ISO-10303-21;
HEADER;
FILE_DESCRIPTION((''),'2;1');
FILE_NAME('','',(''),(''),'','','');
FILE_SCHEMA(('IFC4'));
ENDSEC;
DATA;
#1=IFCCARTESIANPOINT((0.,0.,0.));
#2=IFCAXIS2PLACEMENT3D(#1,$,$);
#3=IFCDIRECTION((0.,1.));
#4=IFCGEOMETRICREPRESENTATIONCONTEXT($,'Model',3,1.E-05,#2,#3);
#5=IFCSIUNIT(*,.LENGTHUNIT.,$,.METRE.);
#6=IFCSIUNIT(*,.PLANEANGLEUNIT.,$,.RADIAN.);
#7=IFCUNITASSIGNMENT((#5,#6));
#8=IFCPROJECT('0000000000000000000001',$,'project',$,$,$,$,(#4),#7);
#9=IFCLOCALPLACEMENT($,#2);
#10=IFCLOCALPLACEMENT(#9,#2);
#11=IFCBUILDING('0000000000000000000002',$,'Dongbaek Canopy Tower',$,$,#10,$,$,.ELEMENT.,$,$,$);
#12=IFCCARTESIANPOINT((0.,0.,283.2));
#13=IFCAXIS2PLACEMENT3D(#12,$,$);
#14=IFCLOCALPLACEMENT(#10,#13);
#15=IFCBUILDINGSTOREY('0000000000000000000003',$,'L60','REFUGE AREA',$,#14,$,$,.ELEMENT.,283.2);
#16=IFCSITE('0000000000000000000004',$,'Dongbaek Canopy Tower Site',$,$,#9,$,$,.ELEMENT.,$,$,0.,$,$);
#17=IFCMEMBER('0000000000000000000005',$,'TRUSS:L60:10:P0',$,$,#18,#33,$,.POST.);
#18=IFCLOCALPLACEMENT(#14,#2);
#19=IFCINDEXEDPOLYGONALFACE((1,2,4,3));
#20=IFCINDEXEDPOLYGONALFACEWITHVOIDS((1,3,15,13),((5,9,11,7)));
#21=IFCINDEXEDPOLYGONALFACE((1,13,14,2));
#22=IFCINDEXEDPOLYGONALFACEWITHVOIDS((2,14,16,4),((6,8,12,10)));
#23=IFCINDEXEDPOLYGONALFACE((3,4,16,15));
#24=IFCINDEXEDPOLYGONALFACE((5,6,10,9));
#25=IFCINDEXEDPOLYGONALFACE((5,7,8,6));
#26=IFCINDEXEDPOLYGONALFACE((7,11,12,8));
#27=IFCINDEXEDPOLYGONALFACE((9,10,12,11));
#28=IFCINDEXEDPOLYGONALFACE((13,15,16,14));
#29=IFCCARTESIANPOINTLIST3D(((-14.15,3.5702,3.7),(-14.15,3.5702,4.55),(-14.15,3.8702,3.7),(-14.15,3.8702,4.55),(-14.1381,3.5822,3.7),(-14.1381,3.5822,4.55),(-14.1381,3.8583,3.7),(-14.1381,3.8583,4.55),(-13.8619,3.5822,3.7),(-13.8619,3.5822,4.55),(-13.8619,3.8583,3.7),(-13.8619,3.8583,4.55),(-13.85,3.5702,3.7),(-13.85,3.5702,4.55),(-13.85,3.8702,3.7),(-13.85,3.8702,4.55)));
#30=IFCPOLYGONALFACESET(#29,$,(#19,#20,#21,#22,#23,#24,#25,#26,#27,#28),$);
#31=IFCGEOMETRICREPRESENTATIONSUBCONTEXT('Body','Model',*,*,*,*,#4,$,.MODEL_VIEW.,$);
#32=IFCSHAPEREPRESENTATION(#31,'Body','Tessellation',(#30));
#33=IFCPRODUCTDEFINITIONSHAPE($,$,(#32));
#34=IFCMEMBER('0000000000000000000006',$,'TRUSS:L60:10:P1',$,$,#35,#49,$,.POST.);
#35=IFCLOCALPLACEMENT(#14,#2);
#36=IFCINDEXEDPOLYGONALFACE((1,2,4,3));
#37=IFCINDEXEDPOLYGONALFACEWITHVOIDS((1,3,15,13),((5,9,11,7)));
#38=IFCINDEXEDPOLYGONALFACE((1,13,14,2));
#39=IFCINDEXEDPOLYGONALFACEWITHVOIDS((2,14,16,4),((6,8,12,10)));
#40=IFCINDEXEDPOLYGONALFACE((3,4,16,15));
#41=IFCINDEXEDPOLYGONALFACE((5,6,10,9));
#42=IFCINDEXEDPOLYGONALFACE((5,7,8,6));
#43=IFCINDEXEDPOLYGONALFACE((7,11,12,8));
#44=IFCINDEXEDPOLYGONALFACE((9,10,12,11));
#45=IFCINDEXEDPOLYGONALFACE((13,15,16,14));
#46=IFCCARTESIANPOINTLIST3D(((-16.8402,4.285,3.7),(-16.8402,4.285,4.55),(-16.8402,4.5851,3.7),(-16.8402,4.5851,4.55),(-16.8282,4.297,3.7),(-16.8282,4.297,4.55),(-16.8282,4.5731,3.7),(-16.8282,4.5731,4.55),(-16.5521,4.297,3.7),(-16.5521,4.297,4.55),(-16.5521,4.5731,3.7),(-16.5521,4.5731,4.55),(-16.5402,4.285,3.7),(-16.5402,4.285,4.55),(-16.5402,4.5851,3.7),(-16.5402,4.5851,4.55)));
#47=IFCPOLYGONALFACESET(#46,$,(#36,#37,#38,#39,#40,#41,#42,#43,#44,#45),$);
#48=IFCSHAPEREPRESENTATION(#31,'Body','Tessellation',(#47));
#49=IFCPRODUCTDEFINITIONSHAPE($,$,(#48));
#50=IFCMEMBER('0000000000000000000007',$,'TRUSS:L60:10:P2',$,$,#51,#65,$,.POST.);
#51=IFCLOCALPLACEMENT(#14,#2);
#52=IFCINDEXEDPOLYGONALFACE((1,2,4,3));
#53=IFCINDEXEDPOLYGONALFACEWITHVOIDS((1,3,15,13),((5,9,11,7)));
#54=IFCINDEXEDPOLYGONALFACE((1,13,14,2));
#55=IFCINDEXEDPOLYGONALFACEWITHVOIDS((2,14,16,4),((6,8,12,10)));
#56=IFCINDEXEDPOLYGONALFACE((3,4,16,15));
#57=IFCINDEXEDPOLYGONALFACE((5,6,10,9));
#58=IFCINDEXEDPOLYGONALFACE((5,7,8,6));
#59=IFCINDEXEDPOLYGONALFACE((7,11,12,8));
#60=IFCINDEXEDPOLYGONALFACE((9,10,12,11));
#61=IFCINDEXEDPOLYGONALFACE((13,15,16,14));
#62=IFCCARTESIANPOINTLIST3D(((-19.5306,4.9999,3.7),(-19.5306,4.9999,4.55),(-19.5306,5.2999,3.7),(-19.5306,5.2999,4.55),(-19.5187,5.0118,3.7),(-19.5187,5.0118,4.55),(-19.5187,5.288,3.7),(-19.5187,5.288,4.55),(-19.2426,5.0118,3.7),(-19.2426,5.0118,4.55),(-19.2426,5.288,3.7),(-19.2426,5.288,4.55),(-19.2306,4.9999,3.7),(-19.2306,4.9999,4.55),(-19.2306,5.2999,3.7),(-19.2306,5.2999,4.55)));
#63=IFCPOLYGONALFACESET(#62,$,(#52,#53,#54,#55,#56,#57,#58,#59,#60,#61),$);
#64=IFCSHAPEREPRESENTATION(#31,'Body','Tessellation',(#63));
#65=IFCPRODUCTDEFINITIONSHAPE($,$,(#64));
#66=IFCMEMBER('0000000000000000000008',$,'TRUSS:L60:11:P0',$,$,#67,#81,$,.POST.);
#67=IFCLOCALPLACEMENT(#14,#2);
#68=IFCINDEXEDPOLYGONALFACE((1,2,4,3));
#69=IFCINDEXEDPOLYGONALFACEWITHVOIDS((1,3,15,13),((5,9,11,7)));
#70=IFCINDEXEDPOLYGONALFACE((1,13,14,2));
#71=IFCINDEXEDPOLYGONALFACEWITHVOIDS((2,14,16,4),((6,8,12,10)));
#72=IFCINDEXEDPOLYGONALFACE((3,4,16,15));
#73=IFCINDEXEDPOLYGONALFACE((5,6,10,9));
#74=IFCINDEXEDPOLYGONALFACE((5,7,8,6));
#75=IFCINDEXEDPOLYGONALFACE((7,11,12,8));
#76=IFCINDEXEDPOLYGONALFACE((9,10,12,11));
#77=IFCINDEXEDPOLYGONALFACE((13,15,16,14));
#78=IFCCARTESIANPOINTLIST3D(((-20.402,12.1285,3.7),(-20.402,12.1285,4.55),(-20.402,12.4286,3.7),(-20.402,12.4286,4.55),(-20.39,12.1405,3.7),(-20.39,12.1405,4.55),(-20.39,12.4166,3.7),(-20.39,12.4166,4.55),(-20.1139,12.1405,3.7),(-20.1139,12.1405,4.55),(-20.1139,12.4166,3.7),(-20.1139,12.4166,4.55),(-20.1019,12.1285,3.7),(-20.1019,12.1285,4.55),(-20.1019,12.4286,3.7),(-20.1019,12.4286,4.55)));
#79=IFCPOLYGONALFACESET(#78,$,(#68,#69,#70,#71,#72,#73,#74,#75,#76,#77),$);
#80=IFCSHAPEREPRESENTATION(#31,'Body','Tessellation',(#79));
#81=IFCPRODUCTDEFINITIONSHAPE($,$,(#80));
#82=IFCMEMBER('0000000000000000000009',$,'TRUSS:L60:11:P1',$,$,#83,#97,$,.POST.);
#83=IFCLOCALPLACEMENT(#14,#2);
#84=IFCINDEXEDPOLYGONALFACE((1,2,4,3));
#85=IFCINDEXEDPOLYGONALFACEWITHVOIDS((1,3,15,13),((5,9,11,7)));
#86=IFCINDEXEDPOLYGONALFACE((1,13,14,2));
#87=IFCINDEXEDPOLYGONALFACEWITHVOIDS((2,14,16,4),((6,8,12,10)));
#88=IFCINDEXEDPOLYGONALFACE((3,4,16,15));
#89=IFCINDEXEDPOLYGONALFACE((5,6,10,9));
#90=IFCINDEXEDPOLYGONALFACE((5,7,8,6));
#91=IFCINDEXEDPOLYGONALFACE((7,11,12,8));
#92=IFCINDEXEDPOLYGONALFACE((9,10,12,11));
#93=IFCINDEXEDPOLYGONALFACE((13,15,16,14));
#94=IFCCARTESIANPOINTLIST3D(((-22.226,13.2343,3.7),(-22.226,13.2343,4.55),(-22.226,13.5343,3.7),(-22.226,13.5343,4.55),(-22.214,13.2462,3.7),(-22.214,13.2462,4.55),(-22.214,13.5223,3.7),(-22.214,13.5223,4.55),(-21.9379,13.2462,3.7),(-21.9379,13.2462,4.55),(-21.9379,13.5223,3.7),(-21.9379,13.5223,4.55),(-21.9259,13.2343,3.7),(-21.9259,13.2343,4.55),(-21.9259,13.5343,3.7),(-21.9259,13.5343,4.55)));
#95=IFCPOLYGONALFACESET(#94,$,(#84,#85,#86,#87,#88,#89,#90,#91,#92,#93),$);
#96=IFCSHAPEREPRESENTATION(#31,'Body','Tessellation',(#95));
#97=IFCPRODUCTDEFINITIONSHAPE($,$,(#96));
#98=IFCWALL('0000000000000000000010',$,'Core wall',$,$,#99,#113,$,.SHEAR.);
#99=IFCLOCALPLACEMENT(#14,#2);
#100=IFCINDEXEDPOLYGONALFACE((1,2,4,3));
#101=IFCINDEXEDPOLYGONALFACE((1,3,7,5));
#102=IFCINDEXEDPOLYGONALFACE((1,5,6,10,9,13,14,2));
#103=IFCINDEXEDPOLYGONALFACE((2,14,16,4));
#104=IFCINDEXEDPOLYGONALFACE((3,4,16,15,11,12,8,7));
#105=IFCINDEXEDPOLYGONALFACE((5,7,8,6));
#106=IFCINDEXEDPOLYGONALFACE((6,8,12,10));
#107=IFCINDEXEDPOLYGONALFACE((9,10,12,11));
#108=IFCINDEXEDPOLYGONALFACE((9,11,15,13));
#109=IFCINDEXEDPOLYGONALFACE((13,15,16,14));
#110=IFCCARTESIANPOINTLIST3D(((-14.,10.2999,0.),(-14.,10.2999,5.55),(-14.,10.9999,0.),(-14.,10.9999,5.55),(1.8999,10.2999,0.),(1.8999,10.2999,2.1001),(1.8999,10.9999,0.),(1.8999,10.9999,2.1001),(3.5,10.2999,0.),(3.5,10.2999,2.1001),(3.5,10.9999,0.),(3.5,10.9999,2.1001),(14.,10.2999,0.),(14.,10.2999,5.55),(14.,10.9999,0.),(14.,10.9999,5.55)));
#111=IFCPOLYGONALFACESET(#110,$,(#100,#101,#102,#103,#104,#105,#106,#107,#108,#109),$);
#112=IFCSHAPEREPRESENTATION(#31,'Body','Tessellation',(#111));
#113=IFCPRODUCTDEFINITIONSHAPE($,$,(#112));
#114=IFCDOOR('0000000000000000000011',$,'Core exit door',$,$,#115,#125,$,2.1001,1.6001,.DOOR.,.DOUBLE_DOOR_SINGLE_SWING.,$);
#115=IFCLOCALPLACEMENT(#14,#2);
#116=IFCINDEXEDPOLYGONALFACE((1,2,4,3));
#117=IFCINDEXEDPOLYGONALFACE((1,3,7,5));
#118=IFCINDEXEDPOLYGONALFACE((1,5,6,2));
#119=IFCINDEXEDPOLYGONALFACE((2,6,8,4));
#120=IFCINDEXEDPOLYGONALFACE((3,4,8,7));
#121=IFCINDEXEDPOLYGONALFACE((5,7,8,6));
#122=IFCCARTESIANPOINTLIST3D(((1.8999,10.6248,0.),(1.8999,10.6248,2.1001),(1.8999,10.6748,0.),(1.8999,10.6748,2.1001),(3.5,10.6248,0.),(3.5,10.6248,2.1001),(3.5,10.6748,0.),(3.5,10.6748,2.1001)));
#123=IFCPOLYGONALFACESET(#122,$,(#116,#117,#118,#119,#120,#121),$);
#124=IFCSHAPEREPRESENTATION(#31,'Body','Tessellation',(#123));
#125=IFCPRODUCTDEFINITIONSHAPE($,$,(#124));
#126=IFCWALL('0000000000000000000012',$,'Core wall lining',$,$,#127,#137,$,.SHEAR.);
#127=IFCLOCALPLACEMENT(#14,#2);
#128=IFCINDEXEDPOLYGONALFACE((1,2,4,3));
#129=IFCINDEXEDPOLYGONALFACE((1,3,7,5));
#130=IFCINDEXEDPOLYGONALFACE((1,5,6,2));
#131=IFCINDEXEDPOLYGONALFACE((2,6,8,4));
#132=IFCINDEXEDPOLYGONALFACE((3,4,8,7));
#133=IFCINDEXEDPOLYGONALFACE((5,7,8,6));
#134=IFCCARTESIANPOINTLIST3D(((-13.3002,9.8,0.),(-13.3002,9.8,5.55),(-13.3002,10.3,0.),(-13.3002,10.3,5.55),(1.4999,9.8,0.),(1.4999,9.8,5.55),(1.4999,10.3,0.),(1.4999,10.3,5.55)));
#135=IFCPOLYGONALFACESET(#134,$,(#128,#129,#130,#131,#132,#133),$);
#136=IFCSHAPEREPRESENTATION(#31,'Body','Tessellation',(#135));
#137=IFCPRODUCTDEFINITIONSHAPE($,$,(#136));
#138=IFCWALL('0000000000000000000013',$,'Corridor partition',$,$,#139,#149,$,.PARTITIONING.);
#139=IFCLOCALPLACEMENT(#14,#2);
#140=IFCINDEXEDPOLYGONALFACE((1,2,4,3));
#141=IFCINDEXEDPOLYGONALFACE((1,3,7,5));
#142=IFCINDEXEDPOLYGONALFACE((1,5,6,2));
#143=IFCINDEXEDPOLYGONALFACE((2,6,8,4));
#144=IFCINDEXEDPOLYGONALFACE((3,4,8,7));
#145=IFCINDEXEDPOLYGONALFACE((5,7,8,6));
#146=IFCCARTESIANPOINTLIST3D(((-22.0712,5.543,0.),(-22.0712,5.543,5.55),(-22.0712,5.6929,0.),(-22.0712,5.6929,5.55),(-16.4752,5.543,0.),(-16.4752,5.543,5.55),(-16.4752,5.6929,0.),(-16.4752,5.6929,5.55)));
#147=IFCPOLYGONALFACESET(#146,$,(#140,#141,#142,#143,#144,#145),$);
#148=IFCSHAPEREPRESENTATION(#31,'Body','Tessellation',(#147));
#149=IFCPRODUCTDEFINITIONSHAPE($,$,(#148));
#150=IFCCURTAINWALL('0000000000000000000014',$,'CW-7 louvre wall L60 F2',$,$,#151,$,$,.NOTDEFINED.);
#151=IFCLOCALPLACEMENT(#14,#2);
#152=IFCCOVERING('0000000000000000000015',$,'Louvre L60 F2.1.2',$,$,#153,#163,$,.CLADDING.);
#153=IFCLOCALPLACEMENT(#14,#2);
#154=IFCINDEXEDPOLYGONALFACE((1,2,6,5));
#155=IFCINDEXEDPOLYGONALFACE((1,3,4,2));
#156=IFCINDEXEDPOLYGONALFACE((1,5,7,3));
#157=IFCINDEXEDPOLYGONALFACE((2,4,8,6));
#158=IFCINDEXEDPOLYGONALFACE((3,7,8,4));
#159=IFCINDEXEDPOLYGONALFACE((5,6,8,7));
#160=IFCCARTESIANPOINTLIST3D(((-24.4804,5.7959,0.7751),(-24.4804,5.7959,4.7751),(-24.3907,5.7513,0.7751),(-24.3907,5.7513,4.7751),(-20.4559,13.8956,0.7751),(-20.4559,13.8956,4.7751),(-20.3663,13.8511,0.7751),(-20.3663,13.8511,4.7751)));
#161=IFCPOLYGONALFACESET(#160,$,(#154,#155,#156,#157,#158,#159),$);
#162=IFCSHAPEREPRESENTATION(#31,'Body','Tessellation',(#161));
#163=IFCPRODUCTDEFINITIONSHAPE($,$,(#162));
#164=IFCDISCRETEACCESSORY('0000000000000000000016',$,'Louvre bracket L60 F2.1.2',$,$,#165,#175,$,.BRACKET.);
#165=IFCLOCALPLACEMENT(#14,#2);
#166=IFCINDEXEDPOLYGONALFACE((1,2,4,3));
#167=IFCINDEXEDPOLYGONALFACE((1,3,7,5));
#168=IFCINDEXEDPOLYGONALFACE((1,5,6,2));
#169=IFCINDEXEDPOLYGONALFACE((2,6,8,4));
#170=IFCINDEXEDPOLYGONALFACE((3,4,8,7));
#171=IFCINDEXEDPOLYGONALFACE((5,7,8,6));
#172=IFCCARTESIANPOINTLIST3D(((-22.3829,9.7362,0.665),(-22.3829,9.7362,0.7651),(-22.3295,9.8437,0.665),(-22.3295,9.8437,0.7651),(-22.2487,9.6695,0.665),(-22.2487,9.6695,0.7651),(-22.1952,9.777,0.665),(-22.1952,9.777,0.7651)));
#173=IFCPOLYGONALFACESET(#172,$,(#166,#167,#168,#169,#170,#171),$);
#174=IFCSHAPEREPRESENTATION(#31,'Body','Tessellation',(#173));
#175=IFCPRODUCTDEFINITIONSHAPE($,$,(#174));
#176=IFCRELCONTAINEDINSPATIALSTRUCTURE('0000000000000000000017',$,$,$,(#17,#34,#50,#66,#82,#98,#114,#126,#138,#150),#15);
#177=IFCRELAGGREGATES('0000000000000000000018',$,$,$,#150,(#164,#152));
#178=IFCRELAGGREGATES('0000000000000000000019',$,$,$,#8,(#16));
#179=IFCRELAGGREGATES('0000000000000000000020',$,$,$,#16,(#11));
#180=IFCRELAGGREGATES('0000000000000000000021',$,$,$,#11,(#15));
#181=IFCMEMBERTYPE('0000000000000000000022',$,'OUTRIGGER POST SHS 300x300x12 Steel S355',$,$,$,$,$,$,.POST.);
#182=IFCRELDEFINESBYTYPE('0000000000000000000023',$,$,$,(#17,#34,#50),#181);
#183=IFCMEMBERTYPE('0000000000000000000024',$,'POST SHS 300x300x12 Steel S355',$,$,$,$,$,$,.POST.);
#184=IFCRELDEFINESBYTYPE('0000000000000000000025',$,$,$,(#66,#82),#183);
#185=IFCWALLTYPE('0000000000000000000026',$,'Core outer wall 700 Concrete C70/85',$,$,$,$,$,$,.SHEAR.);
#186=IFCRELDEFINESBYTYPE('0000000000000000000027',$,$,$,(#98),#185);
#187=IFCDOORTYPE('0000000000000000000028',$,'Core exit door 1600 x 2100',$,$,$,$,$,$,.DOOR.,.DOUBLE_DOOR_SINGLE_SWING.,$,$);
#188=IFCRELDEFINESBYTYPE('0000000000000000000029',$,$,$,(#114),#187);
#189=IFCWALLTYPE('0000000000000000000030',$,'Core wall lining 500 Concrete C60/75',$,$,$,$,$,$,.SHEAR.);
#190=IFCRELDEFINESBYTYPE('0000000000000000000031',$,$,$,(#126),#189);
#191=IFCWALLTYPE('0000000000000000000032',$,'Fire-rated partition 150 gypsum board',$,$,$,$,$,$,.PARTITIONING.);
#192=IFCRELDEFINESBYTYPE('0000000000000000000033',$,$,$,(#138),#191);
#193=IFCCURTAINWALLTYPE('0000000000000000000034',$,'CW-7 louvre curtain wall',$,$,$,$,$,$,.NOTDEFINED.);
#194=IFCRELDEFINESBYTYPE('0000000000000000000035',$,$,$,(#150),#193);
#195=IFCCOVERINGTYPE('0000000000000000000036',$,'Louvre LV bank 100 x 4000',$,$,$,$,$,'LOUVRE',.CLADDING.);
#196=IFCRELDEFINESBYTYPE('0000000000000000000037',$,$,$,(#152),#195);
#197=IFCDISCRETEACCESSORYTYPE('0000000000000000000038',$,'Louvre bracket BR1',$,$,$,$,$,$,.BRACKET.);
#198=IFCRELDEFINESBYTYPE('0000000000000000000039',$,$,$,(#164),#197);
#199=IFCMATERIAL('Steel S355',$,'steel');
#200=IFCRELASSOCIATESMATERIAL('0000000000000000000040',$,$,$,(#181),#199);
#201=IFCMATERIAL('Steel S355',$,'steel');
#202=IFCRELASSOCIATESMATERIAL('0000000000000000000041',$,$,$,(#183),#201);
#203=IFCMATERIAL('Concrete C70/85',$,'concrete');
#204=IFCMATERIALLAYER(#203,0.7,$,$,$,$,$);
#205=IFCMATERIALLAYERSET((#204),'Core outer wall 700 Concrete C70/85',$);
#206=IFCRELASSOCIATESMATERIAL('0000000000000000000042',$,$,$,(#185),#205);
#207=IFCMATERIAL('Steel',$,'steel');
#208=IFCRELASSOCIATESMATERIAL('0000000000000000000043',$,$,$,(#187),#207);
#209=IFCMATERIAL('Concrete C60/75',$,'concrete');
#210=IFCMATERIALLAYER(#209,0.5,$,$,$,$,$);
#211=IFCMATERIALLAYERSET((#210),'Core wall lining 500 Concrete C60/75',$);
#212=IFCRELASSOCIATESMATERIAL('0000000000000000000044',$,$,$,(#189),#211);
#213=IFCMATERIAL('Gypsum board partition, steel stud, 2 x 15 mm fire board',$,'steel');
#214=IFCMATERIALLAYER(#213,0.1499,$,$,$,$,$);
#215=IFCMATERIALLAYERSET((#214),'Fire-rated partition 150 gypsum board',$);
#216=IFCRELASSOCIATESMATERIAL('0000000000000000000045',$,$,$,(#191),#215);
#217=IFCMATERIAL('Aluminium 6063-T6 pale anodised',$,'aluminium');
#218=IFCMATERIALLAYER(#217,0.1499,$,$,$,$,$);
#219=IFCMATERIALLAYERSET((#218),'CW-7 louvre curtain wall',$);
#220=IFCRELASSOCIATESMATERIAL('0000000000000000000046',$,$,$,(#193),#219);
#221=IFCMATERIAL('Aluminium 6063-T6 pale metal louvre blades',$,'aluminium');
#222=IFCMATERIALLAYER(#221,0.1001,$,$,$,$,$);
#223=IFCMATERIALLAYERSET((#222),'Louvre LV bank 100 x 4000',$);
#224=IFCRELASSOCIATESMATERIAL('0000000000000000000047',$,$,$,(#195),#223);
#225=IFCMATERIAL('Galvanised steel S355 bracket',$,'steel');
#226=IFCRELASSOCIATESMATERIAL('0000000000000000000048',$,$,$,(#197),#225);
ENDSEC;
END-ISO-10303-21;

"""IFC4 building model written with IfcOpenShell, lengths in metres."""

from ifc_helpers import new_model, si_unit, direction, frame, frame_2d, origin, origin_2d, place, context, subcontext, project, spatial, rectangle, hollow_rectangle, extrude, material, layer, layer_set, material_profile, profile_set, type_object, element, fill, aggregate, save


model = new_model("IFC4")

# Units and contexts
model_context = context("Model", 3, precision=1e-05, world=origin(), true_north=direction((0.0, 1.0)))
body_context = subcontext(model_context, "Body", "Model", "MODEL_VIEW")
ifc_project = project(units=[si_unit("LENGTHUNIT", "METRE"), si_unit("PLANEANGLEUNIT", "RADIAN")], contexts=[model_context])

# Site, building, storey
site_placement = place(None, origin())
site = spatial("IfcSite", under=ifc_project, at=site_placement, Name="Dongbaek Canopy Tower Site", CompositionType="ELEMENT", RefElevation=0.0)
building_placement = place(site_placement, origin())
building = spatial("IfcBuilding", under=site, at=building_placement, Name="Dongbaek Canopy Tower", CompositionType="ELEMENT")
storey_placement = place(building_placement, frame((0.0, 0.0, 283.2)))
storey = spatial("IfcBuildingStorey", under=building, at=storey_placement, Name="L60", Description="REFUGE AREA", CompositionType="ELEMENT", Elevation=283.2)

# Members
ifc_material_1 = material(Name="Steel S355", Category="steel")
ifc_material_profile_1 = material_profile(ifc_material_1, hollow_rectangle(XDim=0.3, YDim=0.3, WallThickness=0.012, at=origin_2d()), Name="OUTRIGGER POST SHS 300x300x12 Steel S355")
ifc_profile_set_1 = profile_set([ifc_material_profile_1], Name="Steel S355")
member_type_1 = type_object("IfcMemberType", Name="OUTRIGGER POST SHS 300x300x12 Steel S355", PredefinedType="POST", material=ifc_profile_set_1)
for number, where, z_axis, x_axis, name in (
    (1, (-14.0, 3.7202, 3.7), (0.0, 0.0, 1.0), (1.0, 0.0, 0.0), "TRUSS:L60:10:P0"),
    (2, (-16.6902, 4.4351, 3.7), (0.0, 0.0, 1.0), (1.0, 0.0, 0.0), "TRUSS:L60:10:P1"),
    (3, (-19.3806, 5.1499, 3.7), (0.0, 0.0, 1.0), (1.0, 0.0, 0.0), "TRUSS:L60:10:P2"),
):
    element("IfcMember", number, at=place(storey_placement, frame(where, z_axis=z_axis, x_axis=x_axis)), inside=storey, type_object=member_type_1, Name=name, PredefinedType="POST", context=body_context, shape_type="SweptSolid", body=[
        extrude(hollow_rectangle(XDim=0.3, YDim=0.3, WallThickness=0.012, at=origin_2d()), origin(), (0.0, 0.0, 1.0), 0.8501),
    ])
ifc_material_2 = material(Name="Steel S355", Category="steel")
ifc_material_profile_2 = material_profile(ifc_material_2, hollow_rectangle(XDim=0.3, YDim=0.3, WallThickness=0.012, at=origin_2d()), Name="POST SHS 300x300x12 Steel S355")
ifc_profile_set_2 = profile_set([ifc_material_profile_2], Name="Steel S355")
member_type_2 = type_object("IfcMemberType", Name="POST SHS 300x300x12 Steel S355", PredefinedType="POST", material=ifc_profile_set_2)
for number, where, z_axis, x_axis, name in (
    (4, (-20.252, 12.2786, 3.7), (0.0, 0.0, 1.0), (1.0, 0.0, 0.0), "TRUSS:L60:11:P0"),
    (5, (-22.0759, 13.3843, 3.7), (0.0, 0.0, 1.0), (1.0, 0.0, 0.0), "TRUSS:L60:11:P1"),
):
    element("IfcMember", number, at=place(storey_placement, frame(where, z_axis=z_axis, x_axis=x_axis)), inside=storey, type_object=member_type_2, Name=name, PredefinedType="POST", context=body_context, shape_type="SweptSolid", body=[
        extrude(hollow_rectangle(XDim=0.3, YDim=0.3, WallThickness=0.012, at=origin_2d()), origin(), (0.0, 0.0, 1.0), 0.8501),
    ])

# Wall, opening, door
ifc_material_3 = material(Name="Concrete C70/85", Category="concrete")
ifc_layer_1 = layer(ifc_material_3, 0.7)
ifc_layer_set_1 = layer_set([ifc_layer_1], Name="Core outer wall 700 Concrete C70/85")
wall_type_1 = type_object("IfcWallType", Name="Core outer wall 700 Concrete C70/85", PredefinedType="SHEAR", material=ifc_layer_set_1)
wall_1_placement = place(storey_placement, frame((-14.0, 10.6499, 0.0), z_axis=(0.0, 0.0, 1.0), x_axis=(1.0, 0.0, 0.0)))
wall_1 = element("IfcWall", 6, at=wall_1_placement, inside=storey, type_object=wall_type_1, Name="Core wall", PredefinedType="SHEAR", context=body_context, shape_type="SweptSolid", body=[
    extrude(rectangle(XDim=28.0, YDim=0.7, at=frame_2d((14.0, 0.0))), origin(), (0.0, 0.0, 1.0), 5.55),
])
opening_placement = place(wall_1_placement, frame((15.8999, 0.0, 0.0)))
opening = element("IfcOpeningElement", 7, at=opening_placement, cuts=wall_1, PredefinedType="OPENING", context=body_context, shape_type="SweptSolid", body=[
    extrude(rectangle(XDim=1.6001, YDim=2.1001, at=frame_2d((0.8, 1.05))), frame((0.0, 0.3599, 0.0), z_axis=(0.0, -1.0, 0.0), x_axis=(1.0, 0.0, 0.0)), (0.0, 0.0, 1.0), 0.72),
])
ifc_material_4 = material(Name="Steel", Category="steel")
door_type = type_object("IfcDoorType", Name="Core exit door 1600 x 2100", OperationType="DOUBLE_DOOR_SINGLE_SWING", PredefinedType="DOOR", material=ifc_material_4)
door_placement = place(opening_placement, origin())
door = element("IfcDoor", 8, at=door_placement, inside=storey, type_object=door_type, Name="Core exit door", OperationType="DOUBLE_DOOR_SINGLE_SWING", OverallHeight=2.1001, OverallWidth=1.6001, PredefinedType="DOOR", context=body_context, shape_type="SweptSolid", body=[
    extrude(rectangle(XDim=1.6001, YDim=2.1001, at=frame_2d((0.8, 1.05))), frame((0.0, 0.0249, 0.0), z_axis=(0.0, -1.0, 0.0), x_axis=(1.0, 0.0, 0.0)), (0.0, 0.0, 1.0), 0.05),
])
fill(opening, door)

# Walls
ifc_material_5 = material(Name="Concrete C60/75", Category="concrete")
ifc_layer_2 = layer(ifc_material_5, 0.5)
ifc_layer_set_2 = layer_set([ifc_layer_2], Name="Core wall lining 500 Concrete C60/75")
wall_type_2 = type_object("IfcWallType", Name="Core wall lining 500 Concrete C60/75", PredefinedType="SHEAR", material=ifc_layer_set_2)
wall_2_placement = place(storey_placement, frame((-13.3, 10.05, 0.0), z_axis=(0.0, 0.0, 1.0), x_axis=(1.0, 0.0, 0.0)))
element("IfcWall", 9, at=wall_2_placement, inside=storey, type_object=wall_type_2, Name="Core wall lining", PredefinedType="SHEAR", context=body_context, shape_type="SweptSolid", body=[
    extrude(rectangle(XDim=14.8, YDim=0.5, at=frame_2d((7.3999, 0.0))), origin(), (0.0, 0.0, 1.0), 5.55),
])
ifc_material_6 = material(Name="Gypsum board partition, steel stud, 2 x 15 mm fire board", Category="steel")
ifc_layer_3 = layer(ifc_material_6, 0.1499)
ifc_layer_set_3 = layer_set([ifc_layer_3], Name="Fire-rated partition 150 gypsum board")
wall_type_3 = type_object("IfcWallType", Name="Fire-rated partition 150 gypsum board", PredefinedType="PARTITIONING", material=ifc_layer_set_3)
wall_3_placement = place(storey_placement, frame((-22.071, 5.6179, 0.0), z_axis=(0.0, 0.0, 1.0), x_axis=(1.0, 0.0, 0.0)))
element("IfcWall", 10, at=wall_3_placement, inside=storey, type_object=wall_type_3, Name="Corridor partition", PredefinedType="PARTITIONING", context=body_context, shape_type="SweptSolid", body=[
    extrude(rectangle(XDim=5.5959, YDim=0.1499, at=frame_2d((2.7979, 0.0))), origin(), (0.0, 0.0, 1.0), 5.55),
])

# Curtain wall, covering, discrete accessory
ifc_material_7 = material(Name="Aluminium 6063-T6 pale anodised", Category="aluminium")
ifc_layer_4 = layer(ifc_material_7, 0.1499)
ifc_layer_set_4 = layer_set([ifc_layer_4], Name="CW-7 louvre curtain wall")
curtain_wall_type = type_object("IfcCurtainWallType", Name="CW-7 louvre curtain wall", PredefinedType="NOTDEFINED", material=ifc_layer_set_4)
curtain_wall_placement = place(storey_placement, origin())
curtain_wall = element("IfcCurtainWall", 11, at=curtain_wall_placement, inside=storey, type_object=curtain_wall_type, Name="CW-7 louvre wall L60 F2", PredefinedType="NOTDEFINED")
ifc_material_8 = material(Name="Aluminium 6063-T6 pale metal louvre blades", Category="aluminium")
ifc_layer_5 = layer(ifc_material_8, 0.1001)
ifc_layer_set_5 = layer_set([ifc_layer_5], Name="Louvre LV bank 100 x 4000")
covering_type = type_object("IfcCoveringType", Name="Louvre LV bank 100 x 4000", ElementType="LOUVRE", PredefinedType="CLADDING", material=ifc_layer_set_5)
covering_placement = place(storey_placement, frame((-22.4233, 9.8235, 0.7751), z_axis=(0.0, 0.0, 1.0), x_axis=(-0.444962, -0.895549, 0.0)))
covering = element("IfcCovering", 12, at=covering_placement, type_object=covering_type, Name="Louvre L60 F2.1.2", PredefinedType="CLADDING", context=body_context, shape_type="SweptSolid", body=[
    extrude(rectangle(XDim=9.0444, YDim=0.1001, at=origin_2d()), origin(), (0.0, 0.0, 1.0), 4.0),
])
ifc_material_9 = material(Name="Galvanised steel S355 bracket", Category="steel")
discrete_accessory_type = type_object("IfcDiscreteAccessoryType", Name="Louvre bracket BR1", PredefinedType="BRACKET", material=ifc_material_9)
discrete_accessory_placement = place(storey_placement, frame((-22.2891, 9.7566, 0.665), z_axis=(0.0, 0.0, 1.0), x_axis=(-0.444962, -0.895549, 0.0)))
discrete_accessory = element("IfcDiscreteAccessory", 13, at=discrete_accessory_placement, type_object=discrete_accessory_type, Name="Louvre bracket L60 F2.1.2", PredefinedType="BRACKET", context=body_context, shape_type="SweptSolid", body=[
    extrude(rectangle(XDim=0.1201, YDim=0.1499, at=origin_2d()), origin(), (0.0, 0.0, 1.0), 0.1001),
])
aggregate(curtain_wall, [discrete_accessory, covering])

save(model, "model.ifc")
